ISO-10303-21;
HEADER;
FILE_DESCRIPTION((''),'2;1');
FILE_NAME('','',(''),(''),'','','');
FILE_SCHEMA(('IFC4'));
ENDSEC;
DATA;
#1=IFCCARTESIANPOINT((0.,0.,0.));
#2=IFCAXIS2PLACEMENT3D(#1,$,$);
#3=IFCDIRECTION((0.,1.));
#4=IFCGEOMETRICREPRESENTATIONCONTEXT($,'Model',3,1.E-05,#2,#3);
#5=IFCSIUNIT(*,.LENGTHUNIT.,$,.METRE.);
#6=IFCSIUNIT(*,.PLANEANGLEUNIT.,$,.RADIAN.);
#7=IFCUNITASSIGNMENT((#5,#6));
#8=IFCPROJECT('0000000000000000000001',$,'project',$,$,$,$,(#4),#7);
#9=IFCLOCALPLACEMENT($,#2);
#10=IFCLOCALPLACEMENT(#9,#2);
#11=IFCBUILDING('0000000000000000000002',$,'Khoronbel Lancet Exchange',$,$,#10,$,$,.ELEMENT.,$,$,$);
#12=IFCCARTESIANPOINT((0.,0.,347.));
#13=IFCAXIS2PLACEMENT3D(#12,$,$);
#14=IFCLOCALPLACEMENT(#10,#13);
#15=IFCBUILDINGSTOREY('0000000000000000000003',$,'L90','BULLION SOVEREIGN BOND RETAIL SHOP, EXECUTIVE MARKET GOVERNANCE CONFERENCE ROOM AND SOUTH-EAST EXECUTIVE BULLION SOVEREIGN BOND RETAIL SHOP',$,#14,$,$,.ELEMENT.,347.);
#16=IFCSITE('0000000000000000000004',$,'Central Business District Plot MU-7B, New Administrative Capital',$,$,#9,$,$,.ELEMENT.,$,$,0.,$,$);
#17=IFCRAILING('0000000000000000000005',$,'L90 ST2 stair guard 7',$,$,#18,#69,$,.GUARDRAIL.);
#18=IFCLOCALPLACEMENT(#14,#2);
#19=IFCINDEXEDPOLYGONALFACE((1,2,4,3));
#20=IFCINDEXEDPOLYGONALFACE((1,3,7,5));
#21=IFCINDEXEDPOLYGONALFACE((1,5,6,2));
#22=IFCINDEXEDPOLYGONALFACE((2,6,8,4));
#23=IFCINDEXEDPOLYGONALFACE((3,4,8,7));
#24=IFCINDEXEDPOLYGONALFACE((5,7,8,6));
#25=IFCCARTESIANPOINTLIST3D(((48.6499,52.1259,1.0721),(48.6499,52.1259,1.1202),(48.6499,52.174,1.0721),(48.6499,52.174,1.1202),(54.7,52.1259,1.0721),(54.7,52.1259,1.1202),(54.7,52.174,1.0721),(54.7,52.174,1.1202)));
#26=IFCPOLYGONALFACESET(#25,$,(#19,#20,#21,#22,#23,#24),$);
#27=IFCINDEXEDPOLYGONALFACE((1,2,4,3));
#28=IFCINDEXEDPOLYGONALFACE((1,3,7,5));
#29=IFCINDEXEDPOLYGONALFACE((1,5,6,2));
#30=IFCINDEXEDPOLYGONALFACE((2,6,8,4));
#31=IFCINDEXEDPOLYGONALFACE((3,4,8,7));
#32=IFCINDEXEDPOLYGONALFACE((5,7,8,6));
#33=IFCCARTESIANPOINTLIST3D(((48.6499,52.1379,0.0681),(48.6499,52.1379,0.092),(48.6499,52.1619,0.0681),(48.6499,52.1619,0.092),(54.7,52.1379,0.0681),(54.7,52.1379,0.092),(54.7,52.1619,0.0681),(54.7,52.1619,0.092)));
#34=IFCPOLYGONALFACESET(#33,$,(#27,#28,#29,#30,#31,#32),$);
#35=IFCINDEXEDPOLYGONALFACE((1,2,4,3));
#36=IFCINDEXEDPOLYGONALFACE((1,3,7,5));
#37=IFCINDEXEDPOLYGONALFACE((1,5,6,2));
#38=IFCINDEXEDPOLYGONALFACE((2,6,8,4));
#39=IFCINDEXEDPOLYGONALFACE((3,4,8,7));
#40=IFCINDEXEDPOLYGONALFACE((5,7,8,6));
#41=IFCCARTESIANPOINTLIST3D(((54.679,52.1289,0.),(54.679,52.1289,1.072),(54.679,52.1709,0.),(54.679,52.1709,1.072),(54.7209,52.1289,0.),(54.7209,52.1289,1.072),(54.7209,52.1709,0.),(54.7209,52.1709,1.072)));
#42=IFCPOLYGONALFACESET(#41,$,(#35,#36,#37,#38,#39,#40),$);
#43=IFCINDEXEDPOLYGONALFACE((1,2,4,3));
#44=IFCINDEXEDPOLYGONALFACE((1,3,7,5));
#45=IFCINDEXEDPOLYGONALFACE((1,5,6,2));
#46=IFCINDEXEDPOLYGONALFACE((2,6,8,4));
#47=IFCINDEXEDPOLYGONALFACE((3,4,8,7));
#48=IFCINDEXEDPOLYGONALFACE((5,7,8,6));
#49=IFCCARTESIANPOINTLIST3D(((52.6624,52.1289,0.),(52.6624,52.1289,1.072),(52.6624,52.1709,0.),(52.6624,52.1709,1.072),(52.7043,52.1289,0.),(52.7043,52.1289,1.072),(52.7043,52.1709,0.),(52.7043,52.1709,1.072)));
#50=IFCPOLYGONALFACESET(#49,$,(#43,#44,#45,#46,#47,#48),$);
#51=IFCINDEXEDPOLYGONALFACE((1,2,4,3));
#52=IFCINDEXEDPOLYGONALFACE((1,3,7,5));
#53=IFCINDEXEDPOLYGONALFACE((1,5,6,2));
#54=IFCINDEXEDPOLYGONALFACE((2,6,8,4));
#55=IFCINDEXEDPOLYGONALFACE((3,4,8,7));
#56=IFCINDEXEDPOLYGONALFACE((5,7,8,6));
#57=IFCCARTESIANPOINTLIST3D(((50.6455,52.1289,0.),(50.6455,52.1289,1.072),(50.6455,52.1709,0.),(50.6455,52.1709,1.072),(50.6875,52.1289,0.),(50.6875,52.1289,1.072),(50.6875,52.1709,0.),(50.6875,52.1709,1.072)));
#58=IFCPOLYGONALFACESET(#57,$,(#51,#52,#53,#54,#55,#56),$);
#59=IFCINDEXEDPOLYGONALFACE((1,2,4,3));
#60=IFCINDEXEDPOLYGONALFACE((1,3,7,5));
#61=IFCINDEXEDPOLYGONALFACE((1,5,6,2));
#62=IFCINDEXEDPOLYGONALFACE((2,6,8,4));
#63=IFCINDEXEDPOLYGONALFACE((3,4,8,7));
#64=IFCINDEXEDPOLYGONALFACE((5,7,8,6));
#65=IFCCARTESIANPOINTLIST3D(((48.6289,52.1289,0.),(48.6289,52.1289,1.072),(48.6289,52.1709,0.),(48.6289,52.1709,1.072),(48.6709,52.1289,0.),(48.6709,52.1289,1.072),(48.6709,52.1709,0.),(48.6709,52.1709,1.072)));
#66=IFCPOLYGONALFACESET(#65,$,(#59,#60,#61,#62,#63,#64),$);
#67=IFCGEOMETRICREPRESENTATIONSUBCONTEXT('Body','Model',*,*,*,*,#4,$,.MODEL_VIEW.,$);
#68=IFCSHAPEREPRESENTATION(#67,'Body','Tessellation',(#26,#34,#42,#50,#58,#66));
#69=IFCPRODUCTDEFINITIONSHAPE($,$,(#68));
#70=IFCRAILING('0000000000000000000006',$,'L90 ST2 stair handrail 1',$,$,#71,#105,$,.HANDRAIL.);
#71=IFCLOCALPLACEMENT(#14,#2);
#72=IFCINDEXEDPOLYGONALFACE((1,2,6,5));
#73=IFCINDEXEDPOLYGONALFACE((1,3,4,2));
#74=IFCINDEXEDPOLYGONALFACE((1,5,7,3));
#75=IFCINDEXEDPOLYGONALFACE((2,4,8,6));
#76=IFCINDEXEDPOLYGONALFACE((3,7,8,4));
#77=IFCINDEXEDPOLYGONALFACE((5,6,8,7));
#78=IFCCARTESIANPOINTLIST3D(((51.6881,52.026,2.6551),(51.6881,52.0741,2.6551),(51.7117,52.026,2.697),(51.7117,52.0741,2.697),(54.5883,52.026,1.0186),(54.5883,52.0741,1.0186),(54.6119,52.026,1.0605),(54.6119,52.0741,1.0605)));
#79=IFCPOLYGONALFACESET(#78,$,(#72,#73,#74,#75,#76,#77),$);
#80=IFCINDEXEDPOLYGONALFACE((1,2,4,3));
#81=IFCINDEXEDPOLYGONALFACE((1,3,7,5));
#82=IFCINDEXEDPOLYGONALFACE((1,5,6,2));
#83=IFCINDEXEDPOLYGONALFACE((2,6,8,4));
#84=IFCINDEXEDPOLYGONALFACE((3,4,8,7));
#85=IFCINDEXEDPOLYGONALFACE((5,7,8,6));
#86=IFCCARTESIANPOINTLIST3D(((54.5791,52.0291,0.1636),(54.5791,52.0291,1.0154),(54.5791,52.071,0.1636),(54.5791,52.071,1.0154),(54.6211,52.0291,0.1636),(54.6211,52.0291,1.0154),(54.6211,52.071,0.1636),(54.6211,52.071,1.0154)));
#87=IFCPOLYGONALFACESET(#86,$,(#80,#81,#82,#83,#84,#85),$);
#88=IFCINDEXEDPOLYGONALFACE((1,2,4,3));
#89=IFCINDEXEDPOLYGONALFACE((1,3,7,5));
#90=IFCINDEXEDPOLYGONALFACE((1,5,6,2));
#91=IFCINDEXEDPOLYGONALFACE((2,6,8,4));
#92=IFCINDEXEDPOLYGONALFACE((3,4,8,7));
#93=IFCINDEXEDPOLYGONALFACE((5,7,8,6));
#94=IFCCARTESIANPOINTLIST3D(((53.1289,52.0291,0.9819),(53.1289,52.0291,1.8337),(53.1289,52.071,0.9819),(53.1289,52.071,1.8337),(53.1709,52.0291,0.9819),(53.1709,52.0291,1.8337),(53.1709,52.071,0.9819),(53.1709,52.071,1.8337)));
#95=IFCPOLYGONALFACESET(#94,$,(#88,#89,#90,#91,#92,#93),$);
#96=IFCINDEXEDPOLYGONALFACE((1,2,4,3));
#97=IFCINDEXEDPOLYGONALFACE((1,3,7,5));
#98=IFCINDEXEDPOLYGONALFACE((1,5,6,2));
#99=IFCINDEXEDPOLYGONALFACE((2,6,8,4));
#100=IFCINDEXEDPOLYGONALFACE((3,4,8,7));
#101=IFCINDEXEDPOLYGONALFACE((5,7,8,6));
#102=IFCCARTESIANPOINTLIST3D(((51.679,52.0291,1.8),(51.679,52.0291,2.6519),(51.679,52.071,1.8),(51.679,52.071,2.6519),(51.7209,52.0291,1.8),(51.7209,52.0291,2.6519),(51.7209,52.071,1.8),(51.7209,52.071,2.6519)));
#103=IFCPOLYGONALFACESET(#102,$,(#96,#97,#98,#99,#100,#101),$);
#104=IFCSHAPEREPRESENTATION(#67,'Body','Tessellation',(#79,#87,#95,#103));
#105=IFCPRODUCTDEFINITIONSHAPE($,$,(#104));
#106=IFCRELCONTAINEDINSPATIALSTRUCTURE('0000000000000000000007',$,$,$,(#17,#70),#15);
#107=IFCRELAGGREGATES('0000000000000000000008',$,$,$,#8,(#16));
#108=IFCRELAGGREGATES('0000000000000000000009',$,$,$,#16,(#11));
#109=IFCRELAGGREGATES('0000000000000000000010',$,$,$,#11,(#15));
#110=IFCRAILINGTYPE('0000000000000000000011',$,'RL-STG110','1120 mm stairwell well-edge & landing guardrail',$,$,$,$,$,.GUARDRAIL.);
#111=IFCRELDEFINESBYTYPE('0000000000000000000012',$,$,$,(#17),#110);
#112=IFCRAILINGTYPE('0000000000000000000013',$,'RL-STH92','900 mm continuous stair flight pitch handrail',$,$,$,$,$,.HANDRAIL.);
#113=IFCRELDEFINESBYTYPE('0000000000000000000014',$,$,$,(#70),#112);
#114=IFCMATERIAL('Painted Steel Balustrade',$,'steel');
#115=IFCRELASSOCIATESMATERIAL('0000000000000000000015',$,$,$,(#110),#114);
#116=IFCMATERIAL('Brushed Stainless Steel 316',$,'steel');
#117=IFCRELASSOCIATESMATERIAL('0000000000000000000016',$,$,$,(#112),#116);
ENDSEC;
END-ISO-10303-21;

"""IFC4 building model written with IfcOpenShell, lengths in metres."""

from ifc_helpers import new_model, si_unit, direction, frame, origin, origin_2d, place, context, subcontext, project, spatial, rectangle, extrude, material, type_object, element, save


model = new_model("IFC4")

# Units and contexts
model_context = context("Model", 3, precision=1e-05, world=origin(), true_north=direction((0.0, 1.0)))
body_context = subcontext(model_context, "Body", "Model", "MODEL_VIEW")
ifc_project = project(units=[si_unit("LENGTHUNIT", "METRE"), si_unit("PLANEANGLEUNIT", "RADIAN")], contexts=[model_context])

# Site, building, storey
site_placement = place(None, origin())
site = spatial("IfcSite", under=ifc_project, at=site_placement, Name="Central Business District Plot MU-7B, New Administrative Capital", CompositionType="ELEMENT", RefElevation=0.0)
building_placement = place(site_placement, origin())
building = spatial("IfcBuilding", under=site, at=building_placement, Name="Khoronbel Lancet Exchange", CompositionType="ELEMENT")
storey_placement = place(building_placement, frame((0.0, 0.0, 347.0)))
storey = spatial("IfcBuildingStorey", under=building, at=storey_placement, Name="L90", Description="BULLION SOVEREIGN BOND RETAIL SHOP, EXECUTIVE MARKET GOVERNANCE CONFERENCE ROOM AND SOUTH-EAST EXECUTIVE BULLION SOVEREIGN BOND RETAIL SHOP", CompositionType="ELEMENT", Elevation=347.0)

# Railings
ifc_material_1 = material(Name="Painted Steel Balustrade", Category="steel")
railing_type_1 = type_object("IfcRailingType", Name="RL-STG110", Description="1120 mm stairwell well-edge & landing guardrail", PredefinedType="GUARDRAIL", material=ifc_material_1)
railing_1_placement = place(storey_placement, frame((54.7, 52.1499, 0.0)))
element("IfcRailing", 1, at=railing_1_placement, inside=storey, type_object=railing_type_1, Name="L90 ST2 stair guard 7", PredefinedType="GUARDRAIL", context=body_context, shape_type="SweptSolid", body=[
    extrude(rectangle(XDim=0.0481, YDim=0.0481, at=origin_2d()), frame((0.0, 0.0, 1.0962), z_axis=(-1.0, 0.0, 0.0), x_axis=(0.0, -1.0, 0.0)), (0.0, 0.0, 1.0), 6.05),
    extrude(rectangle(XDim=0.0239, YDim=0.0239, at=origin_2d()), frame((0.0, 0.0, 0.0801), z_axis=(-1.0, 0.0, 0.0), x_axis=(0.0, -1.0, 0.0)), (0.0, 0.0, 1.0), 6.05),
    extrude(rectangle(XDim=0.042, YDim=0.042, at=origin_2d()), origin(), (0.0, 0.0, 1.0), 1.072),
    extrude(rectangle(XDim=0.042, YDim=0.042, at=origin_2d()), frame((-2.0166, 0.0, 0.0)), (0.0, 0.0, 1.0), 1.072),
    extrude(rectangle(XDim=0.042, YDim=0.042, at=origin_2d()), frame((-4.0334, 0.0, 0.0)), (0.0, 0.0, 1.0), 1.072),
    extrude(rectangle(XDim=0.042, YDim=0.042, at=origin_2d()), frame((-6.05, 0.0, 0.0)), (0.0, 0.0, 1.0), 1.072),
])
ifc_material_2 = material(Name="Brushed Stainless Steel 316", Category="steel")
railing_type_2 = type_object("IfcRailingType", Name="RL-STH92", Description="900 mm continuous stair flight pitch handrail", PredefinedType="HANDRAIL", material=ifc_material_2)
railing_2_placement = place(storey_placement, frame((54.6001, 52.05, 0.1636)))
element("IfcRailing", 2, at=railing_2_placement, inside=storey, type_object=railing_type_2, Name="L90 ST2 stair handrail 1", PredefinedType="HANDRAIL", context=body_context, shape_type="SweptSolid", body=[
    extrude(rectangle(XDim=0.0481, YDim=0.0481, at=origin_2d()), frame((0.0, 0.0, 0.876), z_axis=(-0.870915, 0.0, 0.491434), x_axis=(0.0, -1.0, 0.0)), (0.0, 0.0, 1.0), 3.3301),
    extrude(rectangle(XDim=0.042, YDim=0.042, at=origin_2d()), origin(), (0.0, 0.0, 1.0), 0.8518),
    extrude(rectangle(XDim=0.042, YDim=0.042, at=origin_2d()), frame((-1.4502, 0.0, 0.8184)), (0.0, 0.0, 1.0), 0.8518),
    extrude(rectangle(XDim=0.042, YDim=0.042, at=origin_2d()), frame((-2.9001, 0.0, 1.6365)), (0.0, 0.0, 1.0), 0.8518),
])

save(model, "model.ifc")
